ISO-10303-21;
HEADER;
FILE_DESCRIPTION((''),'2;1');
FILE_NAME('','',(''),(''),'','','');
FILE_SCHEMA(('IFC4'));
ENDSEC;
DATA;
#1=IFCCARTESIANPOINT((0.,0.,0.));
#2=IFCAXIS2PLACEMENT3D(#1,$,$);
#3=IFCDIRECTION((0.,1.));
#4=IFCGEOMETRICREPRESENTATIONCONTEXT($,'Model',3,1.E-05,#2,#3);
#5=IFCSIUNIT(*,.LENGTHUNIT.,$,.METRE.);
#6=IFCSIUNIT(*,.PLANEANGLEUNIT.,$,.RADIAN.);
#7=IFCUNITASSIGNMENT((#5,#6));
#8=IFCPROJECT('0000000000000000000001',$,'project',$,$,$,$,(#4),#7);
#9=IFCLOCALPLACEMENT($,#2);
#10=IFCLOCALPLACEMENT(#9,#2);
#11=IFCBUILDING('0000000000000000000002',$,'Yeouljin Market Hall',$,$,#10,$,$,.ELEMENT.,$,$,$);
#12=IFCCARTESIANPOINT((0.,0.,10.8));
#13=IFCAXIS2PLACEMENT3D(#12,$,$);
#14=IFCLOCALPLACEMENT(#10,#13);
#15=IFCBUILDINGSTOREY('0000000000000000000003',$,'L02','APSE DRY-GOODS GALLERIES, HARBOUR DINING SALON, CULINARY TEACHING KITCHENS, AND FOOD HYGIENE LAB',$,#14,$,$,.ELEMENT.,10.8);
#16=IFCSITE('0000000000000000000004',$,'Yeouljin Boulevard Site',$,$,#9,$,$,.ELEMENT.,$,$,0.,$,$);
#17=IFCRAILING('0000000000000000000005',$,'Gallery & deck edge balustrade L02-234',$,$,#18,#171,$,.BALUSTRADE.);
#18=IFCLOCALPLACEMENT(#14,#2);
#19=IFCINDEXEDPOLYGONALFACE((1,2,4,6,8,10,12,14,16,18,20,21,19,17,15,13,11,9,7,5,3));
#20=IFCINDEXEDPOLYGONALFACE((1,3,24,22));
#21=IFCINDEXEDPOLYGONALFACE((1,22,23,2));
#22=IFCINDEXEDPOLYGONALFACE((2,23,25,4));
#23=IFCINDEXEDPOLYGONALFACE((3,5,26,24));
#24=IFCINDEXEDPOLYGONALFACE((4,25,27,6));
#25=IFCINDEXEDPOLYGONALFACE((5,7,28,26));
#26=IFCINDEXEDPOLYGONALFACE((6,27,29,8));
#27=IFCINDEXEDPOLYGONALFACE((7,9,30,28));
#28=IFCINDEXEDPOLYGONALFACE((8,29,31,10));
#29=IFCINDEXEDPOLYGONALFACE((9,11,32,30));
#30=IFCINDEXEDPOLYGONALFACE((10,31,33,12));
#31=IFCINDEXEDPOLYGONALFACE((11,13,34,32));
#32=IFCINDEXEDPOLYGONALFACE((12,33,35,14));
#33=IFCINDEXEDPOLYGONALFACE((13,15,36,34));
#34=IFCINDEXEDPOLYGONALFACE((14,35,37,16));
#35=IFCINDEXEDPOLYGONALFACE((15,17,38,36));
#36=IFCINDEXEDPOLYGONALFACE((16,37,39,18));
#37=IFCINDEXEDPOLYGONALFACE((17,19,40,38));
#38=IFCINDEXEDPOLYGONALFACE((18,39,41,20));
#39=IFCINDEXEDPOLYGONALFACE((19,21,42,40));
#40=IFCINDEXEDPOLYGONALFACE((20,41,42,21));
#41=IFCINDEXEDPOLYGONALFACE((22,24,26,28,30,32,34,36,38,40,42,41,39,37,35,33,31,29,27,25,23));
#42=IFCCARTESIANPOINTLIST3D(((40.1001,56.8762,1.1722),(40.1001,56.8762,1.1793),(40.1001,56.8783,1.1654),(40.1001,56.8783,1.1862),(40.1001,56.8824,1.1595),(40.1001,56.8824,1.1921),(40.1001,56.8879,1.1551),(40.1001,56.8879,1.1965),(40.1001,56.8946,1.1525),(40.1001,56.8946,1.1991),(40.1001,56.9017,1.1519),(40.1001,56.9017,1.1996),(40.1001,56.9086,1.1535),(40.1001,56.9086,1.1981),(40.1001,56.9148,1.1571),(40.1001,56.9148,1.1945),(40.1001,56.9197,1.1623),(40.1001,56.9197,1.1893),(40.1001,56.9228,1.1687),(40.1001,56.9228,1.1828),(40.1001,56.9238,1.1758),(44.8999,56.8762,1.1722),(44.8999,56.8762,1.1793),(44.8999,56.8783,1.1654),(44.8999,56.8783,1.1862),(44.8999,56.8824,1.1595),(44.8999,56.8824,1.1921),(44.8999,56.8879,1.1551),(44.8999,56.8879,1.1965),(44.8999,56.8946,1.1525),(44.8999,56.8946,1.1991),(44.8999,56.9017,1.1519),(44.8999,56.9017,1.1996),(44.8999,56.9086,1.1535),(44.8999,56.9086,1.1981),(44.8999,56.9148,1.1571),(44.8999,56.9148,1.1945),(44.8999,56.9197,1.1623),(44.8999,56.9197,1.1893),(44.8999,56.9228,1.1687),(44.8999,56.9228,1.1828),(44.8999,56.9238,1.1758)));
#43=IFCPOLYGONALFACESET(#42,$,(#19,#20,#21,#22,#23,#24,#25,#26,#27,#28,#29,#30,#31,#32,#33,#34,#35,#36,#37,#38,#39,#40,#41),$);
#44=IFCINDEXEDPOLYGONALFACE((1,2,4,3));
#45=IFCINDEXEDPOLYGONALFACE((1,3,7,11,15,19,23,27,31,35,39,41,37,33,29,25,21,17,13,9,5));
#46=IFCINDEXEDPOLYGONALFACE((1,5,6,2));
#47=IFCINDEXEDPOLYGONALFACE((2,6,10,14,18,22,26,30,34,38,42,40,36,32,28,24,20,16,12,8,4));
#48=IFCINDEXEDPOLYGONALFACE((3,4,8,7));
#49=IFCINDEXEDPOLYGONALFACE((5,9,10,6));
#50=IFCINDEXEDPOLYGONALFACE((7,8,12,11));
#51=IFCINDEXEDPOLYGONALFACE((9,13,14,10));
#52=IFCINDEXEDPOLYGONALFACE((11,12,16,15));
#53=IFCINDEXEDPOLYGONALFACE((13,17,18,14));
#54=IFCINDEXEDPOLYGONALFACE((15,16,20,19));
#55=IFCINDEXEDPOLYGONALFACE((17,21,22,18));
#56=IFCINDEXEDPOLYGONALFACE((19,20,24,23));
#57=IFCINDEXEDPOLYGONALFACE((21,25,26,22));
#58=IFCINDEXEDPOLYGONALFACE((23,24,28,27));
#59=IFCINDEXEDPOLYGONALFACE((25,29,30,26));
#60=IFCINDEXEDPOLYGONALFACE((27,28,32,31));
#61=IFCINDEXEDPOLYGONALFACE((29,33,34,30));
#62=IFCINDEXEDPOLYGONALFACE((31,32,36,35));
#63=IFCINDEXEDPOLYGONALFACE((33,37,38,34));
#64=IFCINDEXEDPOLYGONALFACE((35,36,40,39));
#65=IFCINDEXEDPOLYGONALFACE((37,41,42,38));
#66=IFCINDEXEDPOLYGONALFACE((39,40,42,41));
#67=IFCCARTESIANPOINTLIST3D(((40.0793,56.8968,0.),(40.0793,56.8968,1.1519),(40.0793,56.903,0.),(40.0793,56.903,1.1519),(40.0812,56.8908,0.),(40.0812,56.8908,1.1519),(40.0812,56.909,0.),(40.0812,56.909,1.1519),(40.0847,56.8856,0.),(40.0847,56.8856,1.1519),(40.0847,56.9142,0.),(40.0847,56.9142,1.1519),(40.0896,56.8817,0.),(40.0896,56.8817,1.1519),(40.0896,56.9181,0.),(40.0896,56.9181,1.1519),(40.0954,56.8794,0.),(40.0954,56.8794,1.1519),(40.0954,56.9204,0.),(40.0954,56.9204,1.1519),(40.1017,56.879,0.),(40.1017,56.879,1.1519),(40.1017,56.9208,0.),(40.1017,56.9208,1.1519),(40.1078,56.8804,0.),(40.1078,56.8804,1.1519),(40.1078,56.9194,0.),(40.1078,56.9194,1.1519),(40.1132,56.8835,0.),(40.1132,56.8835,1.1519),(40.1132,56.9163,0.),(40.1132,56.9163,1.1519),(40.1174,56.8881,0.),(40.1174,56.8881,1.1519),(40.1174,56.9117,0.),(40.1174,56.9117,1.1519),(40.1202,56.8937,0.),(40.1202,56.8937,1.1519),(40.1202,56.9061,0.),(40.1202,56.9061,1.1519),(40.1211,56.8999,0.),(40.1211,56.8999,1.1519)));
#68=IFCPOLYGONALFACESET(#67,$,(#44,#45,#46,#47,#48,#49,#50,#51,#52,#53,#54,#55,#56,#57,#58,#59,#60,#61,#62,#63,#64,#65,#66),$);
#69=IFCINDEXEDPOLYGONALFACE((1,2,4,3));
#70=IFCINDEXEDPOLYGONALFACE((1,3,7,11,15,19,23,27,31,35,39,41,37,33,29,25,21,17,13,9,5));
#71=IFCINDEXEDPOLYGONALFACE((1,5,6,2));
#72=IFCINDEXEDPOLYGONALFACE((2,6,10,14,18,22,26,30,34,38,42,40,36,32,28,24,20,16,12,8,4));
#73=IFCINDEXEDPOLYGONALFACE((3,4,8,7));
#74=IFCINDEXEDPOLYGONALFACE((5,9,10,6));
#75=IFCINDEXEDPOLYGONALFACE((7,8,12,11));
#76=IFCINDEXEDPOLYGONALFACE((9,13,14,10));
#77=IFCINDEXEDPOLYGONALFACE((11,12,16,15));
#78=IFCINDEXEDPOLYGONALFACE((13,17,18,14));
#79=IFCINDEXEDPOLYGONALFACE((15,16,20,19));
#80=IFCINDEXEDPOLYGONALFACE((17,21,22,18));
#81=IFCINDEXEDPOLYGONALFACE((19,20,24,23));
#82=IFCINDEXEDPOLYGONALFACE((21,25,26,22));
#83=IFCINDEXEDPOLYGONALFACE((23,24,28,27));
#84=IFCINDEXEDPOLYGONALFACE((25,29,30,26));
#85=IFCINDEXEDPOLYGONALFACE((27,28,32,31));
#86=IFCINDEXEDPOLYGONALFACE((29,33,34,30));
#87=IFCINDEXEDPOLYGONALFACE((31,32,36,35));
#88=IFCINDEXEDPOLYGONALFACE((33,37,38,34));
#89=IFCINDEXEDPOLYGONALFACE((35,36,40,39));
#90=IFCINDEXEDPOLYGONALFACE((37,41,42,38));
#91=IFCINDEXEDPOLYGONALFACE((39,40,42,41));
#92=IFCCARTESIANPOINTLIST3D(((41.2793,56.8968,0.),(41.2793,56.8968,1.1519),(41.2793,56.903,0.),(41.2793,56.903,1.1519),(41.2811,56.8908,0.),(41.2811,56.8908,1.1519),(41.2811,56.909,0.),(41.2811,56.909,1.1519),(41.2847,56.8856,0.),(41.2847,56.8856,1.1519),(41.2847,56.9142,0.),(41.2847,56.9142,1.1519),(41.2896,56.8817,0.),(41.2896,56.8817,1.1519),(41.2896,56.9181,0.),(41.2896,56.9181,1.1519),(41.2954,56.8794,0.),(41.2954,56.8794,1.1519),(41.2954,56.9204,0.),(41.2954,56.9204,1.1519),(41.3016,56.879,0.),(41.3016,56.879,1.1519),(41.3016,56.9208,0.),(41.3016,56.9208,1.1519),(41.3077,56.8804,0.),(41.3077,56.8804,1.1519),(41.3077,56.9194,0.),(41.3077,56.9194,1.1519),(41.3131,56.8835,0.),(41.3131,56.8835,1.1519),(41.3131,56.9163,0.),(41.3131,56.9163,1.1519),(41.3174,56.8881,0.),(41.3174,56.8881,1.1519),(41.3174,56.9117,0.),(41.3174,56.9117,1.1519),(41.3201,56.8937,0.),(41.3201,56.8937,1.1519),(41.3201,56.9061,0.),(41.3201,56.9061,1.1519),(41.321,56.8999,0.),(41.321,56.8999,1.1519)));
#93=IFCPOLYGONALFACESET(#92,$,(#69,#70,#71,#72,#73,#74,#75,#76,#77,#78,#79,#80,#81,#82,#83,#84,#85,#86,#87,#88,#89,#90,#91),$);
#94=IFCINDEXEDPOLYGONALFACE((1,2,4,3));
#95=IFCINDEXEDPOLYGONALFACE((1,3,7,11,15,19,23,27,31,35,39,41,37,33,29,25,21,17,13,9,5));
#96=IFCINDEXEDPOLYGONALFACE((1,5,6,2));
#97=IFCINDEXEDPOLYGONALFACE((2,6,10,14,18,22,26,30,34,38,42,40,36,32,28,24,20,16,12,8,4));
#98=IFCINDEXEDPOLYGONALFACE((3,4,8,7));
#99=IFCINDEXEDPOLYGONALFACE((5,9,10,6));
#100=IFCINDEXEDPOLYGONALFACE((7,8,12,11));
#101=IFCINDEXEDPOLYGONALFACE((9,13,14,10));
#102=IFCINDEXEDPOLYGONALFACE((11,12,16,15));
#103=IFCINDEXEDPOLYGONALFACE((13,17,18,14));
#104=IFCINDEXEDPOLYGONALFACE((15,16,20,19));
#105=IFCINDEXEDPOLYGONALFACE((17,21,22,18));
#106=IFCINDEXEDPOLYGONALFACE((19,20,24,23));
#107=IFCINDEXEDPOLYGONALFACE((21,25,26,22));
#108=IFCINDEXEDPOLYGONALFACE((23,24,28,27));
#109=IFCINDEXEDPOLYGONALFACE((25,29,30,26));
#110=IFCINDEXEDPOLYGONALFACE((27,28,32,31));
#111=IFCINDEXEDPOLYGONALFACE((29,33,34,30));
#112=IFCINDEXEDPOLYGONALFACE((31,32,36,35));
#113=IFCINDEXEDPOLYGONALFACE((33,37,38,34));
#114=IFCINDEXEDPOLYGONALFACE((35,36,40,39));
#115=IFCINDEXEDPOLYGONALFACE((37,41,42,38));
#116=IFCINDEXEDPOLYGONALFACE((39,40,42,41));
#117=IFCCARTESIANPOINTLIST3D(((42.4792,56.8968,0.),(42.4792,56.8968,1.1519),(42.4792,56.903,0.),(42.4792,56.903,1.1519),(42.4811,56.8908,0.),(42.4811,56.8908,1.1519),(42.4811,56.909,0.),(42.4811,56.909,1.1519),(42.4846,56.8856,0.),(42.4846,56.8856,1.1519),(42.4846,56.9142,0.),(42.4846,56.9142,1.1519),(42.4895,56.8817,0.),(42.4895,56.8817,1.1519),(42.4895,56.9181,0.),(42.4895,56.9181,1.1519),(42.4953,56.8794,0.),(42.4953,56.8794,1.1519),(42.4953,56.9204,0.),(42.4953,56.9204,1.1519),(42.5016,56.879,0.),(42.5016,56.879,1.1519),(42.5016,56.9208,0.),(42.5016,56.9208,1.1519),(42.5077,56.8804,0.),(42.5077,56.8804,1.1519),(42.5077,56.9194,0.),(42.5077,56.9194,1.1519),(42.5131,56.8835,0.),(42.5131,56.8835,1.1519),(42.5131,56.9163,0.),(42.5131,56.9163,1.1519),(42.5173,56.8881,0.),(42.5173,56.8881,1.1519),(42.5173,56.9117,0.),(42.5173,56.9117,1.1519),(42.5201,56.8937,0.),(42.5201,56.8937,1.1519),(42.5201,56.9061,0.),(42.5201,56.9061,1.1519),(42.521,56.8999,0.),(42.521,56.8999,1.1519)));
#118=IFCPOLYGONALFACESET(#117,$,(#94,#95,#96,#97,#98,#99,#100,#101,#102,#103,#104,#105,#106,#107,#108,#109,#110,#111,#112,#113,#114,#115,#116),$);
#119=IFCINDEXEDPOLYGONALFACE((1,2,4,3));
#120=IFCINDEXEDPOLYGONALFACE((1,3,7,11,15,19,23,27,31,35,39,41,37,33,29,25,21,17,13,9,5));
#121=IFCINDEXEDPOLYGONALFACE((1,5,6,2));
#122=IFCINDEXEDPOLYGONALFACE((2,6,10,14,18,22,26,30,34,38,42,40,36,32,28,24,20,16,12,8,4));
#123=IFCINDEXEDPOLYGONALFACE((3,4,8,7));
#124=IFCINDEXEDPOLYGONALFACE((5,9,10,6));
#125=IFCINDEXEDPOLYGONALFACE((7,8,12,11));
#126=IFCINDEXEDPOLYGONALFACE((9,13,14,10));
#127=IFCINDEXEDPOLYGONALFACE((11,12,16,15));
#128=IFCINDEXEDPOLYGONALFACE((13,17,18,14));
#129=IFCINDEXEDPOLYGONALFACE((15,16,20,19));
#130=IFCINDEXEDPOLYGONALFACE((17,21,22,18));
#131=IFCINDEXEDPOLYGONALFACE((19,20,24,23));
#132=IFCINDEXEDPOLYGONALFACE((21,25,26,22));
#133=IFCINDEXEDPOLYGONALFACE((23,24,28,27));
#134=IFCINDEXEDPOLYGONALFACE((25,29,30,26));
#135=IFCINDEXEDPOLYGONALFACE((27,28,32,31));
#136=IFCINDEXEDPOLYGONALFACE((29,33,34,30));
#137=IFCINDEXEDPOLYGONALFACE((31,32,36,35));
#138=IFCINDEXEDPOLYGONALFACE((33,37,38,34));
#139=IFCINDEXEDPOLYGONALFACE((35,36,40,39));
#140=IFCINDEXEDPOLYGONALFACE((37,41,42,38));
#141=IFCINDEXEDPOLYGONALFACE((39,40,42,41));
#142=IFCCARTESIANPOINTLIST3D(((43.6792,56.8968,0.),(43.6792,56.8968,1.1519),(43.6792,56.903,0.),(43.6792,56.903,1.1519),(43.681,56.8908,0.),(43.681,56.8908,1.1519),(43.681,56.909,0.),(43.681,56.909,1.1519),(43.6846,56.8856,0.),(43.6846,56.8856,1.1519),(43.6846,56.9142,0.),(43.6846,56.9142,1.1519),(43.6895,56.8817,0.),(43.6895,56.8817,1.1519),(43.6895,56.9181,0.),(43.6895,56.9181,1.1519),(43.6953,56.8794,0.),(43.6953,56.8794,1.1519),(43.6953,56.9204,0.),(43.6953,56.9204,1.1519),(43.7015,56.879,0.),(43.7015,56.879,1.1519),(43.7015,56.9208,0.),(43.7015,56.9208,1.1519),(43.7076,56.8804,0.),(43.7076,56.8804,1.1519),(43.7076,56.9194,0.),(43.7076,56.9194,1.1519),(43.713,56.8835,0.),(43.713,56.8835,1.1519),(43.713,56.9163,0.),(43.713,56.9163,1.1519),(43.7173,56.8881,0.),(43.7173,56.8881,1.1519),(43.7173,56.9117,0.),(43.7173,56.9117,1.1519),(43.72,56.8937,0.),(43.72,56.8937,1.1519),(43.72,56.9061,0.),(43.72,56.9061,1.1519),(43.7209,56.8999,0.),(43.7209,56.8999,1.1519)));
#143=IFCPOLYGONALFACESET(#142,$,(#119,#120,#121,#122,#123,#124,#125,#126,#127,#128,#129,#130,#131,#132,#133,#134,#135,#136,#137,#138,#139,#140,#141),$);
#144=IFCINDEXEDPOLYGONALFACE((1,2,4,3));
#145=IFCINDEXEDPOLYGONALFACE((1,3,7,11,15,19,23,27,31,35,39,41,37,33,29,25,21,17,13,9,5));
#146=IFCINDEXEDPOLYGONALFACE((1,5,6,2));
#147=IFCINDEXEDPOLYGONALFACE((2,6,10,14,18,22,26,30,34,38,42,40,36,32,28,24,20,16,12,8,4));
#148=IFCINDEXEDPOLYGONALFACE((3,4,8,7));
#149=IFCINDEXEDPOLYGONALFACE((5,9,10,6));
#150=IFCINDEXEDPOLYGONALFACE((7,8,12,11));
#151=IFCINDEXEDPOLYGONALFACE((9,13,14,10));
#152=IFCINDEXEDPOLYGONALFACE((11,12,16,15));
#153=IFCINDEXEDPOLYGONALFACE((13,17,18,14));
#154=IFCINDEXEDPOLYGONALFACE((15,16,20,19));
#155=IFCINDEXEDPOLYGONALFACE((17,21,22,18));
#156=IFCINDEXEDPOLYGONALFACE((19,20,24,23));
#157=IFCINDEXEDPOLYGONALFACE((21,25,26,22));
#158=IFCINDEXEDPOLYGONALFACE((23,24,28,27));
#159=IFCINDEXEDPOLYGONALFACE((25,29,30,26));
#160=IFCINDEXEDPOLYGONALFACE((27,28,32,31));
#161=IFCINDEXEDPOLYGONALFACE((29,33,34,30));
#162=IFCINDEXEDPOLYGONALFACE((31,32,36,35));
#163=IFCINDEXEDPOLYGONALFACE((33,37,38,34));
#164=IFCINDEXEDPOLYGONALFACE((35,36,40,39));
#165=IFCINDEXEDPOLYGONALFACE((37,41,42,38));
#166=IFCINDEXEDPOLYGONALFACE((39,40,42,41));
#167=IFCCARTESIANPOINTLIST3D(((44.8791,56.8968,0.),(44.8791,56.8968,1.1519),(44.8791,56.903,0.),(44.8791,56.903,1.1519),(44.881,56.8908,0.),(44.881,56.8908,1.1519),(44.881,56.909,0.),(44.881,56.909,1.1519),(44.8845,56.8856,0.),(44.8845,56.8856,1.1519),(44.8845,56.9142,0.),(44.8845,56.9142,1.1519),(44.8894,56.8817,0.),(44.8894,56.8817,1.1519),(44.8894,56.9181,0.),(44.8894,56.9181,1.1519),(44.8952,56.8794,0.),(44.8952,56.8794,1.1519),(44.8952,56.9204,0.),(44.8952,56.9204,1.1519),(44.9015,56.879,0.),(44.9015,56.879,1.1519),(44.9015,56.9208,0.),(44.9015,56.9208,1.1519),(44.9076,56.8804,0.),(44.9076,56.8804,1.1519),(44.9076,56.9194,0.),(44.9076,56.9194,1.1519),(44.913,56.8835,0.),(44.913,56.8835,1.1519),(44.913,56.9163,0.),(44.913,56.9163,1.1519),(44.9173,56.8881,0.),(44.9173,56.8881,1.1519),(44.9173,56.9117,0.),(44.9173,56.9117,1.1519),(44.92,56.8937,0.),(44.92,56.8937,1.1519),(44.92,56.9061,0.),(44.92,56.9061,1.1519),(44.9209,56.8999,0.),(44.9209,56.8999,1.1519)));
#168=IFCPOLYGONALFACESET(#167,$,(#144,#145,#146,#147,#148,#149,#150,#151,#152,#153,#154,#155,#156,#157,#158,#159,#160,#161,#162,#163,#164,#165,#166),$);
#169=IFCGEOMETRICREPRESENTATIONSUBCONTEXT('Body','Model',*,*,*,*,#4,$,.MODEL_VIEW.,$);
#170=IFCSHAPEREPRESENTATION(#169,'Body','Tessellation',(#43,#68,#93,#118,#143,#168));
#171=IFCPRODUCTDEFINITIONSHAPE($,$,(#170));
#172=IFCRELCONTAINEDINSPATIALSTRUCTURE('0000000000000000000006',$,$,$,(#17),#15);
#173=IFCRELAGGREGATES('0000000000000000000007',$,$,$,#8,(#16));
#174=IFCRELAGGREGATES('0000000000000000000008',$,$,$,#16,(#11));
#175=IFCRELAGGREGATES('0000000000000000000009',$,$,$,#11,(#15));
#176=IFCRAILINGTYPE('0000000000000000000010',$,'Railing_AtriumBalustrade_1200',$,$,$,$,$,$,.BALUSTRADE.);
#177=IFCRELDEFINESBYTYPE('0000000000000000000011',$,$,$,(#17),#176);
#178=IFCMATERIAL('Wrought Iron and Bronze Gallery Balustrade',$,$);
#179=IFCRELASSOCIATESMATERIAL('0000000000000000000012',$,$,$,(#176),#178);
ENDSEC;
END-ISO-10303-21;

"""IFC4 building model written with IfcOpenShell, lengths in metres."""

from ifc_helpers import new_model, si_unit, direction, frame, origin, origin_2d, place, context, subcontext, project, spatial, circle, extrude, material, type_object, element, save


model = new_model("IFC4")

# Units and contexts
model_context = context("Model", 3, precision=1e-05, world=origin(), true_north=direction((0.0, 1.0)))
body_context = subcontext(model_context, "Body", "Model", "MODEL_VIEW")
ifc_project = project(units=[si_unit("LENGTHUNIT", "METRE"), si_unit("PLANEANGLEUNIT", "RADIAN")], contexts=[model_context])

# Site, building, storey
site_placement = place(None, origin())
site = spatial("IfcSite", under=ifc_project, at=site_placement, Name="Yeouljin Boulevard Site", CompositionType="ELEMENT", RefElevation=0.0)
building_placement = place(site_placement, origin())
building = spatial("IfcBuilding", under=site, at=building_placement, Name="Yeouljin Market Hall", CompositionType="ELEMENT")
storey_placement = place(building_placement, frame((0.0, 0.0, 10.8)))
storey = spatial("IfcBuildingStorey", under=building, at=storey_placement, Name="L02", Description="APSE DRY-GOODS GALLERIES, HARBOUR DINING SALON, CULINARY TEACHING KITCHENS, AND FOOD HYGIENE LAB", CompositionType="ELEMENT", Elevation=10.8)

# Railing
ifc_material_1 = material(Name="Wrought Iron and Bronze Gallery Balustrade")
railing_type = type_object("IfcRailingType", Name="Railing_AtriumBalustrade_1200", PredefinedType="BALUSTRADE", material=ifc_material_1)
railing_1_placement = place(storey_placement, frame((40.1001, 56.8999, 0.0)))
element("IfcRailing", 1, at=railing_1_placement, inside=storey, type_object=railing_type, Name="Gallery & deck edge balustrade L02-234", PredefinedType="BALUSTRADE", context=body_context, shape_type="SweptSolid", body=[
    extrude(circle(Radius=0.0239, at=origin_2d()), frame((0.0, 0.0, 1.1758), z_axis=(1.0, 0.0, 0.0), x_axis=(0.0, 1.0, 0.0)), (0.0, 0.0, 1.0), 4.7998),
    extrude(circle(Radius=0.021, at=origin_2d()), origin(), (0.0, 0.0, 1.0), 1.1519),
    extrude(circle(Radius=0.021, at=origin_2d()), frame((1.2, 0.0, 0.0)), (0.0, 0.0, 1.0), 1.1519),
    extrude(circle(Radius=0.021, at=origin_2d()), frame((2.3999, 0.0, 0.0)), (0.0, 0.0, 1.0), 1.1519),
    extrude(circle(Radius=0.021, at=origin_2d()), frame((3.5999, 0.0, 0.0)), (0.0, 0.0, 1.0), 1.1519),
    extrude(circle(Radius=0.021, at=origin_2d()), frame((4.7998, 0.0, 0.0)), (0.0, 0.0, 1.0), 1.1519),
])

save(model, "model.ifc")
